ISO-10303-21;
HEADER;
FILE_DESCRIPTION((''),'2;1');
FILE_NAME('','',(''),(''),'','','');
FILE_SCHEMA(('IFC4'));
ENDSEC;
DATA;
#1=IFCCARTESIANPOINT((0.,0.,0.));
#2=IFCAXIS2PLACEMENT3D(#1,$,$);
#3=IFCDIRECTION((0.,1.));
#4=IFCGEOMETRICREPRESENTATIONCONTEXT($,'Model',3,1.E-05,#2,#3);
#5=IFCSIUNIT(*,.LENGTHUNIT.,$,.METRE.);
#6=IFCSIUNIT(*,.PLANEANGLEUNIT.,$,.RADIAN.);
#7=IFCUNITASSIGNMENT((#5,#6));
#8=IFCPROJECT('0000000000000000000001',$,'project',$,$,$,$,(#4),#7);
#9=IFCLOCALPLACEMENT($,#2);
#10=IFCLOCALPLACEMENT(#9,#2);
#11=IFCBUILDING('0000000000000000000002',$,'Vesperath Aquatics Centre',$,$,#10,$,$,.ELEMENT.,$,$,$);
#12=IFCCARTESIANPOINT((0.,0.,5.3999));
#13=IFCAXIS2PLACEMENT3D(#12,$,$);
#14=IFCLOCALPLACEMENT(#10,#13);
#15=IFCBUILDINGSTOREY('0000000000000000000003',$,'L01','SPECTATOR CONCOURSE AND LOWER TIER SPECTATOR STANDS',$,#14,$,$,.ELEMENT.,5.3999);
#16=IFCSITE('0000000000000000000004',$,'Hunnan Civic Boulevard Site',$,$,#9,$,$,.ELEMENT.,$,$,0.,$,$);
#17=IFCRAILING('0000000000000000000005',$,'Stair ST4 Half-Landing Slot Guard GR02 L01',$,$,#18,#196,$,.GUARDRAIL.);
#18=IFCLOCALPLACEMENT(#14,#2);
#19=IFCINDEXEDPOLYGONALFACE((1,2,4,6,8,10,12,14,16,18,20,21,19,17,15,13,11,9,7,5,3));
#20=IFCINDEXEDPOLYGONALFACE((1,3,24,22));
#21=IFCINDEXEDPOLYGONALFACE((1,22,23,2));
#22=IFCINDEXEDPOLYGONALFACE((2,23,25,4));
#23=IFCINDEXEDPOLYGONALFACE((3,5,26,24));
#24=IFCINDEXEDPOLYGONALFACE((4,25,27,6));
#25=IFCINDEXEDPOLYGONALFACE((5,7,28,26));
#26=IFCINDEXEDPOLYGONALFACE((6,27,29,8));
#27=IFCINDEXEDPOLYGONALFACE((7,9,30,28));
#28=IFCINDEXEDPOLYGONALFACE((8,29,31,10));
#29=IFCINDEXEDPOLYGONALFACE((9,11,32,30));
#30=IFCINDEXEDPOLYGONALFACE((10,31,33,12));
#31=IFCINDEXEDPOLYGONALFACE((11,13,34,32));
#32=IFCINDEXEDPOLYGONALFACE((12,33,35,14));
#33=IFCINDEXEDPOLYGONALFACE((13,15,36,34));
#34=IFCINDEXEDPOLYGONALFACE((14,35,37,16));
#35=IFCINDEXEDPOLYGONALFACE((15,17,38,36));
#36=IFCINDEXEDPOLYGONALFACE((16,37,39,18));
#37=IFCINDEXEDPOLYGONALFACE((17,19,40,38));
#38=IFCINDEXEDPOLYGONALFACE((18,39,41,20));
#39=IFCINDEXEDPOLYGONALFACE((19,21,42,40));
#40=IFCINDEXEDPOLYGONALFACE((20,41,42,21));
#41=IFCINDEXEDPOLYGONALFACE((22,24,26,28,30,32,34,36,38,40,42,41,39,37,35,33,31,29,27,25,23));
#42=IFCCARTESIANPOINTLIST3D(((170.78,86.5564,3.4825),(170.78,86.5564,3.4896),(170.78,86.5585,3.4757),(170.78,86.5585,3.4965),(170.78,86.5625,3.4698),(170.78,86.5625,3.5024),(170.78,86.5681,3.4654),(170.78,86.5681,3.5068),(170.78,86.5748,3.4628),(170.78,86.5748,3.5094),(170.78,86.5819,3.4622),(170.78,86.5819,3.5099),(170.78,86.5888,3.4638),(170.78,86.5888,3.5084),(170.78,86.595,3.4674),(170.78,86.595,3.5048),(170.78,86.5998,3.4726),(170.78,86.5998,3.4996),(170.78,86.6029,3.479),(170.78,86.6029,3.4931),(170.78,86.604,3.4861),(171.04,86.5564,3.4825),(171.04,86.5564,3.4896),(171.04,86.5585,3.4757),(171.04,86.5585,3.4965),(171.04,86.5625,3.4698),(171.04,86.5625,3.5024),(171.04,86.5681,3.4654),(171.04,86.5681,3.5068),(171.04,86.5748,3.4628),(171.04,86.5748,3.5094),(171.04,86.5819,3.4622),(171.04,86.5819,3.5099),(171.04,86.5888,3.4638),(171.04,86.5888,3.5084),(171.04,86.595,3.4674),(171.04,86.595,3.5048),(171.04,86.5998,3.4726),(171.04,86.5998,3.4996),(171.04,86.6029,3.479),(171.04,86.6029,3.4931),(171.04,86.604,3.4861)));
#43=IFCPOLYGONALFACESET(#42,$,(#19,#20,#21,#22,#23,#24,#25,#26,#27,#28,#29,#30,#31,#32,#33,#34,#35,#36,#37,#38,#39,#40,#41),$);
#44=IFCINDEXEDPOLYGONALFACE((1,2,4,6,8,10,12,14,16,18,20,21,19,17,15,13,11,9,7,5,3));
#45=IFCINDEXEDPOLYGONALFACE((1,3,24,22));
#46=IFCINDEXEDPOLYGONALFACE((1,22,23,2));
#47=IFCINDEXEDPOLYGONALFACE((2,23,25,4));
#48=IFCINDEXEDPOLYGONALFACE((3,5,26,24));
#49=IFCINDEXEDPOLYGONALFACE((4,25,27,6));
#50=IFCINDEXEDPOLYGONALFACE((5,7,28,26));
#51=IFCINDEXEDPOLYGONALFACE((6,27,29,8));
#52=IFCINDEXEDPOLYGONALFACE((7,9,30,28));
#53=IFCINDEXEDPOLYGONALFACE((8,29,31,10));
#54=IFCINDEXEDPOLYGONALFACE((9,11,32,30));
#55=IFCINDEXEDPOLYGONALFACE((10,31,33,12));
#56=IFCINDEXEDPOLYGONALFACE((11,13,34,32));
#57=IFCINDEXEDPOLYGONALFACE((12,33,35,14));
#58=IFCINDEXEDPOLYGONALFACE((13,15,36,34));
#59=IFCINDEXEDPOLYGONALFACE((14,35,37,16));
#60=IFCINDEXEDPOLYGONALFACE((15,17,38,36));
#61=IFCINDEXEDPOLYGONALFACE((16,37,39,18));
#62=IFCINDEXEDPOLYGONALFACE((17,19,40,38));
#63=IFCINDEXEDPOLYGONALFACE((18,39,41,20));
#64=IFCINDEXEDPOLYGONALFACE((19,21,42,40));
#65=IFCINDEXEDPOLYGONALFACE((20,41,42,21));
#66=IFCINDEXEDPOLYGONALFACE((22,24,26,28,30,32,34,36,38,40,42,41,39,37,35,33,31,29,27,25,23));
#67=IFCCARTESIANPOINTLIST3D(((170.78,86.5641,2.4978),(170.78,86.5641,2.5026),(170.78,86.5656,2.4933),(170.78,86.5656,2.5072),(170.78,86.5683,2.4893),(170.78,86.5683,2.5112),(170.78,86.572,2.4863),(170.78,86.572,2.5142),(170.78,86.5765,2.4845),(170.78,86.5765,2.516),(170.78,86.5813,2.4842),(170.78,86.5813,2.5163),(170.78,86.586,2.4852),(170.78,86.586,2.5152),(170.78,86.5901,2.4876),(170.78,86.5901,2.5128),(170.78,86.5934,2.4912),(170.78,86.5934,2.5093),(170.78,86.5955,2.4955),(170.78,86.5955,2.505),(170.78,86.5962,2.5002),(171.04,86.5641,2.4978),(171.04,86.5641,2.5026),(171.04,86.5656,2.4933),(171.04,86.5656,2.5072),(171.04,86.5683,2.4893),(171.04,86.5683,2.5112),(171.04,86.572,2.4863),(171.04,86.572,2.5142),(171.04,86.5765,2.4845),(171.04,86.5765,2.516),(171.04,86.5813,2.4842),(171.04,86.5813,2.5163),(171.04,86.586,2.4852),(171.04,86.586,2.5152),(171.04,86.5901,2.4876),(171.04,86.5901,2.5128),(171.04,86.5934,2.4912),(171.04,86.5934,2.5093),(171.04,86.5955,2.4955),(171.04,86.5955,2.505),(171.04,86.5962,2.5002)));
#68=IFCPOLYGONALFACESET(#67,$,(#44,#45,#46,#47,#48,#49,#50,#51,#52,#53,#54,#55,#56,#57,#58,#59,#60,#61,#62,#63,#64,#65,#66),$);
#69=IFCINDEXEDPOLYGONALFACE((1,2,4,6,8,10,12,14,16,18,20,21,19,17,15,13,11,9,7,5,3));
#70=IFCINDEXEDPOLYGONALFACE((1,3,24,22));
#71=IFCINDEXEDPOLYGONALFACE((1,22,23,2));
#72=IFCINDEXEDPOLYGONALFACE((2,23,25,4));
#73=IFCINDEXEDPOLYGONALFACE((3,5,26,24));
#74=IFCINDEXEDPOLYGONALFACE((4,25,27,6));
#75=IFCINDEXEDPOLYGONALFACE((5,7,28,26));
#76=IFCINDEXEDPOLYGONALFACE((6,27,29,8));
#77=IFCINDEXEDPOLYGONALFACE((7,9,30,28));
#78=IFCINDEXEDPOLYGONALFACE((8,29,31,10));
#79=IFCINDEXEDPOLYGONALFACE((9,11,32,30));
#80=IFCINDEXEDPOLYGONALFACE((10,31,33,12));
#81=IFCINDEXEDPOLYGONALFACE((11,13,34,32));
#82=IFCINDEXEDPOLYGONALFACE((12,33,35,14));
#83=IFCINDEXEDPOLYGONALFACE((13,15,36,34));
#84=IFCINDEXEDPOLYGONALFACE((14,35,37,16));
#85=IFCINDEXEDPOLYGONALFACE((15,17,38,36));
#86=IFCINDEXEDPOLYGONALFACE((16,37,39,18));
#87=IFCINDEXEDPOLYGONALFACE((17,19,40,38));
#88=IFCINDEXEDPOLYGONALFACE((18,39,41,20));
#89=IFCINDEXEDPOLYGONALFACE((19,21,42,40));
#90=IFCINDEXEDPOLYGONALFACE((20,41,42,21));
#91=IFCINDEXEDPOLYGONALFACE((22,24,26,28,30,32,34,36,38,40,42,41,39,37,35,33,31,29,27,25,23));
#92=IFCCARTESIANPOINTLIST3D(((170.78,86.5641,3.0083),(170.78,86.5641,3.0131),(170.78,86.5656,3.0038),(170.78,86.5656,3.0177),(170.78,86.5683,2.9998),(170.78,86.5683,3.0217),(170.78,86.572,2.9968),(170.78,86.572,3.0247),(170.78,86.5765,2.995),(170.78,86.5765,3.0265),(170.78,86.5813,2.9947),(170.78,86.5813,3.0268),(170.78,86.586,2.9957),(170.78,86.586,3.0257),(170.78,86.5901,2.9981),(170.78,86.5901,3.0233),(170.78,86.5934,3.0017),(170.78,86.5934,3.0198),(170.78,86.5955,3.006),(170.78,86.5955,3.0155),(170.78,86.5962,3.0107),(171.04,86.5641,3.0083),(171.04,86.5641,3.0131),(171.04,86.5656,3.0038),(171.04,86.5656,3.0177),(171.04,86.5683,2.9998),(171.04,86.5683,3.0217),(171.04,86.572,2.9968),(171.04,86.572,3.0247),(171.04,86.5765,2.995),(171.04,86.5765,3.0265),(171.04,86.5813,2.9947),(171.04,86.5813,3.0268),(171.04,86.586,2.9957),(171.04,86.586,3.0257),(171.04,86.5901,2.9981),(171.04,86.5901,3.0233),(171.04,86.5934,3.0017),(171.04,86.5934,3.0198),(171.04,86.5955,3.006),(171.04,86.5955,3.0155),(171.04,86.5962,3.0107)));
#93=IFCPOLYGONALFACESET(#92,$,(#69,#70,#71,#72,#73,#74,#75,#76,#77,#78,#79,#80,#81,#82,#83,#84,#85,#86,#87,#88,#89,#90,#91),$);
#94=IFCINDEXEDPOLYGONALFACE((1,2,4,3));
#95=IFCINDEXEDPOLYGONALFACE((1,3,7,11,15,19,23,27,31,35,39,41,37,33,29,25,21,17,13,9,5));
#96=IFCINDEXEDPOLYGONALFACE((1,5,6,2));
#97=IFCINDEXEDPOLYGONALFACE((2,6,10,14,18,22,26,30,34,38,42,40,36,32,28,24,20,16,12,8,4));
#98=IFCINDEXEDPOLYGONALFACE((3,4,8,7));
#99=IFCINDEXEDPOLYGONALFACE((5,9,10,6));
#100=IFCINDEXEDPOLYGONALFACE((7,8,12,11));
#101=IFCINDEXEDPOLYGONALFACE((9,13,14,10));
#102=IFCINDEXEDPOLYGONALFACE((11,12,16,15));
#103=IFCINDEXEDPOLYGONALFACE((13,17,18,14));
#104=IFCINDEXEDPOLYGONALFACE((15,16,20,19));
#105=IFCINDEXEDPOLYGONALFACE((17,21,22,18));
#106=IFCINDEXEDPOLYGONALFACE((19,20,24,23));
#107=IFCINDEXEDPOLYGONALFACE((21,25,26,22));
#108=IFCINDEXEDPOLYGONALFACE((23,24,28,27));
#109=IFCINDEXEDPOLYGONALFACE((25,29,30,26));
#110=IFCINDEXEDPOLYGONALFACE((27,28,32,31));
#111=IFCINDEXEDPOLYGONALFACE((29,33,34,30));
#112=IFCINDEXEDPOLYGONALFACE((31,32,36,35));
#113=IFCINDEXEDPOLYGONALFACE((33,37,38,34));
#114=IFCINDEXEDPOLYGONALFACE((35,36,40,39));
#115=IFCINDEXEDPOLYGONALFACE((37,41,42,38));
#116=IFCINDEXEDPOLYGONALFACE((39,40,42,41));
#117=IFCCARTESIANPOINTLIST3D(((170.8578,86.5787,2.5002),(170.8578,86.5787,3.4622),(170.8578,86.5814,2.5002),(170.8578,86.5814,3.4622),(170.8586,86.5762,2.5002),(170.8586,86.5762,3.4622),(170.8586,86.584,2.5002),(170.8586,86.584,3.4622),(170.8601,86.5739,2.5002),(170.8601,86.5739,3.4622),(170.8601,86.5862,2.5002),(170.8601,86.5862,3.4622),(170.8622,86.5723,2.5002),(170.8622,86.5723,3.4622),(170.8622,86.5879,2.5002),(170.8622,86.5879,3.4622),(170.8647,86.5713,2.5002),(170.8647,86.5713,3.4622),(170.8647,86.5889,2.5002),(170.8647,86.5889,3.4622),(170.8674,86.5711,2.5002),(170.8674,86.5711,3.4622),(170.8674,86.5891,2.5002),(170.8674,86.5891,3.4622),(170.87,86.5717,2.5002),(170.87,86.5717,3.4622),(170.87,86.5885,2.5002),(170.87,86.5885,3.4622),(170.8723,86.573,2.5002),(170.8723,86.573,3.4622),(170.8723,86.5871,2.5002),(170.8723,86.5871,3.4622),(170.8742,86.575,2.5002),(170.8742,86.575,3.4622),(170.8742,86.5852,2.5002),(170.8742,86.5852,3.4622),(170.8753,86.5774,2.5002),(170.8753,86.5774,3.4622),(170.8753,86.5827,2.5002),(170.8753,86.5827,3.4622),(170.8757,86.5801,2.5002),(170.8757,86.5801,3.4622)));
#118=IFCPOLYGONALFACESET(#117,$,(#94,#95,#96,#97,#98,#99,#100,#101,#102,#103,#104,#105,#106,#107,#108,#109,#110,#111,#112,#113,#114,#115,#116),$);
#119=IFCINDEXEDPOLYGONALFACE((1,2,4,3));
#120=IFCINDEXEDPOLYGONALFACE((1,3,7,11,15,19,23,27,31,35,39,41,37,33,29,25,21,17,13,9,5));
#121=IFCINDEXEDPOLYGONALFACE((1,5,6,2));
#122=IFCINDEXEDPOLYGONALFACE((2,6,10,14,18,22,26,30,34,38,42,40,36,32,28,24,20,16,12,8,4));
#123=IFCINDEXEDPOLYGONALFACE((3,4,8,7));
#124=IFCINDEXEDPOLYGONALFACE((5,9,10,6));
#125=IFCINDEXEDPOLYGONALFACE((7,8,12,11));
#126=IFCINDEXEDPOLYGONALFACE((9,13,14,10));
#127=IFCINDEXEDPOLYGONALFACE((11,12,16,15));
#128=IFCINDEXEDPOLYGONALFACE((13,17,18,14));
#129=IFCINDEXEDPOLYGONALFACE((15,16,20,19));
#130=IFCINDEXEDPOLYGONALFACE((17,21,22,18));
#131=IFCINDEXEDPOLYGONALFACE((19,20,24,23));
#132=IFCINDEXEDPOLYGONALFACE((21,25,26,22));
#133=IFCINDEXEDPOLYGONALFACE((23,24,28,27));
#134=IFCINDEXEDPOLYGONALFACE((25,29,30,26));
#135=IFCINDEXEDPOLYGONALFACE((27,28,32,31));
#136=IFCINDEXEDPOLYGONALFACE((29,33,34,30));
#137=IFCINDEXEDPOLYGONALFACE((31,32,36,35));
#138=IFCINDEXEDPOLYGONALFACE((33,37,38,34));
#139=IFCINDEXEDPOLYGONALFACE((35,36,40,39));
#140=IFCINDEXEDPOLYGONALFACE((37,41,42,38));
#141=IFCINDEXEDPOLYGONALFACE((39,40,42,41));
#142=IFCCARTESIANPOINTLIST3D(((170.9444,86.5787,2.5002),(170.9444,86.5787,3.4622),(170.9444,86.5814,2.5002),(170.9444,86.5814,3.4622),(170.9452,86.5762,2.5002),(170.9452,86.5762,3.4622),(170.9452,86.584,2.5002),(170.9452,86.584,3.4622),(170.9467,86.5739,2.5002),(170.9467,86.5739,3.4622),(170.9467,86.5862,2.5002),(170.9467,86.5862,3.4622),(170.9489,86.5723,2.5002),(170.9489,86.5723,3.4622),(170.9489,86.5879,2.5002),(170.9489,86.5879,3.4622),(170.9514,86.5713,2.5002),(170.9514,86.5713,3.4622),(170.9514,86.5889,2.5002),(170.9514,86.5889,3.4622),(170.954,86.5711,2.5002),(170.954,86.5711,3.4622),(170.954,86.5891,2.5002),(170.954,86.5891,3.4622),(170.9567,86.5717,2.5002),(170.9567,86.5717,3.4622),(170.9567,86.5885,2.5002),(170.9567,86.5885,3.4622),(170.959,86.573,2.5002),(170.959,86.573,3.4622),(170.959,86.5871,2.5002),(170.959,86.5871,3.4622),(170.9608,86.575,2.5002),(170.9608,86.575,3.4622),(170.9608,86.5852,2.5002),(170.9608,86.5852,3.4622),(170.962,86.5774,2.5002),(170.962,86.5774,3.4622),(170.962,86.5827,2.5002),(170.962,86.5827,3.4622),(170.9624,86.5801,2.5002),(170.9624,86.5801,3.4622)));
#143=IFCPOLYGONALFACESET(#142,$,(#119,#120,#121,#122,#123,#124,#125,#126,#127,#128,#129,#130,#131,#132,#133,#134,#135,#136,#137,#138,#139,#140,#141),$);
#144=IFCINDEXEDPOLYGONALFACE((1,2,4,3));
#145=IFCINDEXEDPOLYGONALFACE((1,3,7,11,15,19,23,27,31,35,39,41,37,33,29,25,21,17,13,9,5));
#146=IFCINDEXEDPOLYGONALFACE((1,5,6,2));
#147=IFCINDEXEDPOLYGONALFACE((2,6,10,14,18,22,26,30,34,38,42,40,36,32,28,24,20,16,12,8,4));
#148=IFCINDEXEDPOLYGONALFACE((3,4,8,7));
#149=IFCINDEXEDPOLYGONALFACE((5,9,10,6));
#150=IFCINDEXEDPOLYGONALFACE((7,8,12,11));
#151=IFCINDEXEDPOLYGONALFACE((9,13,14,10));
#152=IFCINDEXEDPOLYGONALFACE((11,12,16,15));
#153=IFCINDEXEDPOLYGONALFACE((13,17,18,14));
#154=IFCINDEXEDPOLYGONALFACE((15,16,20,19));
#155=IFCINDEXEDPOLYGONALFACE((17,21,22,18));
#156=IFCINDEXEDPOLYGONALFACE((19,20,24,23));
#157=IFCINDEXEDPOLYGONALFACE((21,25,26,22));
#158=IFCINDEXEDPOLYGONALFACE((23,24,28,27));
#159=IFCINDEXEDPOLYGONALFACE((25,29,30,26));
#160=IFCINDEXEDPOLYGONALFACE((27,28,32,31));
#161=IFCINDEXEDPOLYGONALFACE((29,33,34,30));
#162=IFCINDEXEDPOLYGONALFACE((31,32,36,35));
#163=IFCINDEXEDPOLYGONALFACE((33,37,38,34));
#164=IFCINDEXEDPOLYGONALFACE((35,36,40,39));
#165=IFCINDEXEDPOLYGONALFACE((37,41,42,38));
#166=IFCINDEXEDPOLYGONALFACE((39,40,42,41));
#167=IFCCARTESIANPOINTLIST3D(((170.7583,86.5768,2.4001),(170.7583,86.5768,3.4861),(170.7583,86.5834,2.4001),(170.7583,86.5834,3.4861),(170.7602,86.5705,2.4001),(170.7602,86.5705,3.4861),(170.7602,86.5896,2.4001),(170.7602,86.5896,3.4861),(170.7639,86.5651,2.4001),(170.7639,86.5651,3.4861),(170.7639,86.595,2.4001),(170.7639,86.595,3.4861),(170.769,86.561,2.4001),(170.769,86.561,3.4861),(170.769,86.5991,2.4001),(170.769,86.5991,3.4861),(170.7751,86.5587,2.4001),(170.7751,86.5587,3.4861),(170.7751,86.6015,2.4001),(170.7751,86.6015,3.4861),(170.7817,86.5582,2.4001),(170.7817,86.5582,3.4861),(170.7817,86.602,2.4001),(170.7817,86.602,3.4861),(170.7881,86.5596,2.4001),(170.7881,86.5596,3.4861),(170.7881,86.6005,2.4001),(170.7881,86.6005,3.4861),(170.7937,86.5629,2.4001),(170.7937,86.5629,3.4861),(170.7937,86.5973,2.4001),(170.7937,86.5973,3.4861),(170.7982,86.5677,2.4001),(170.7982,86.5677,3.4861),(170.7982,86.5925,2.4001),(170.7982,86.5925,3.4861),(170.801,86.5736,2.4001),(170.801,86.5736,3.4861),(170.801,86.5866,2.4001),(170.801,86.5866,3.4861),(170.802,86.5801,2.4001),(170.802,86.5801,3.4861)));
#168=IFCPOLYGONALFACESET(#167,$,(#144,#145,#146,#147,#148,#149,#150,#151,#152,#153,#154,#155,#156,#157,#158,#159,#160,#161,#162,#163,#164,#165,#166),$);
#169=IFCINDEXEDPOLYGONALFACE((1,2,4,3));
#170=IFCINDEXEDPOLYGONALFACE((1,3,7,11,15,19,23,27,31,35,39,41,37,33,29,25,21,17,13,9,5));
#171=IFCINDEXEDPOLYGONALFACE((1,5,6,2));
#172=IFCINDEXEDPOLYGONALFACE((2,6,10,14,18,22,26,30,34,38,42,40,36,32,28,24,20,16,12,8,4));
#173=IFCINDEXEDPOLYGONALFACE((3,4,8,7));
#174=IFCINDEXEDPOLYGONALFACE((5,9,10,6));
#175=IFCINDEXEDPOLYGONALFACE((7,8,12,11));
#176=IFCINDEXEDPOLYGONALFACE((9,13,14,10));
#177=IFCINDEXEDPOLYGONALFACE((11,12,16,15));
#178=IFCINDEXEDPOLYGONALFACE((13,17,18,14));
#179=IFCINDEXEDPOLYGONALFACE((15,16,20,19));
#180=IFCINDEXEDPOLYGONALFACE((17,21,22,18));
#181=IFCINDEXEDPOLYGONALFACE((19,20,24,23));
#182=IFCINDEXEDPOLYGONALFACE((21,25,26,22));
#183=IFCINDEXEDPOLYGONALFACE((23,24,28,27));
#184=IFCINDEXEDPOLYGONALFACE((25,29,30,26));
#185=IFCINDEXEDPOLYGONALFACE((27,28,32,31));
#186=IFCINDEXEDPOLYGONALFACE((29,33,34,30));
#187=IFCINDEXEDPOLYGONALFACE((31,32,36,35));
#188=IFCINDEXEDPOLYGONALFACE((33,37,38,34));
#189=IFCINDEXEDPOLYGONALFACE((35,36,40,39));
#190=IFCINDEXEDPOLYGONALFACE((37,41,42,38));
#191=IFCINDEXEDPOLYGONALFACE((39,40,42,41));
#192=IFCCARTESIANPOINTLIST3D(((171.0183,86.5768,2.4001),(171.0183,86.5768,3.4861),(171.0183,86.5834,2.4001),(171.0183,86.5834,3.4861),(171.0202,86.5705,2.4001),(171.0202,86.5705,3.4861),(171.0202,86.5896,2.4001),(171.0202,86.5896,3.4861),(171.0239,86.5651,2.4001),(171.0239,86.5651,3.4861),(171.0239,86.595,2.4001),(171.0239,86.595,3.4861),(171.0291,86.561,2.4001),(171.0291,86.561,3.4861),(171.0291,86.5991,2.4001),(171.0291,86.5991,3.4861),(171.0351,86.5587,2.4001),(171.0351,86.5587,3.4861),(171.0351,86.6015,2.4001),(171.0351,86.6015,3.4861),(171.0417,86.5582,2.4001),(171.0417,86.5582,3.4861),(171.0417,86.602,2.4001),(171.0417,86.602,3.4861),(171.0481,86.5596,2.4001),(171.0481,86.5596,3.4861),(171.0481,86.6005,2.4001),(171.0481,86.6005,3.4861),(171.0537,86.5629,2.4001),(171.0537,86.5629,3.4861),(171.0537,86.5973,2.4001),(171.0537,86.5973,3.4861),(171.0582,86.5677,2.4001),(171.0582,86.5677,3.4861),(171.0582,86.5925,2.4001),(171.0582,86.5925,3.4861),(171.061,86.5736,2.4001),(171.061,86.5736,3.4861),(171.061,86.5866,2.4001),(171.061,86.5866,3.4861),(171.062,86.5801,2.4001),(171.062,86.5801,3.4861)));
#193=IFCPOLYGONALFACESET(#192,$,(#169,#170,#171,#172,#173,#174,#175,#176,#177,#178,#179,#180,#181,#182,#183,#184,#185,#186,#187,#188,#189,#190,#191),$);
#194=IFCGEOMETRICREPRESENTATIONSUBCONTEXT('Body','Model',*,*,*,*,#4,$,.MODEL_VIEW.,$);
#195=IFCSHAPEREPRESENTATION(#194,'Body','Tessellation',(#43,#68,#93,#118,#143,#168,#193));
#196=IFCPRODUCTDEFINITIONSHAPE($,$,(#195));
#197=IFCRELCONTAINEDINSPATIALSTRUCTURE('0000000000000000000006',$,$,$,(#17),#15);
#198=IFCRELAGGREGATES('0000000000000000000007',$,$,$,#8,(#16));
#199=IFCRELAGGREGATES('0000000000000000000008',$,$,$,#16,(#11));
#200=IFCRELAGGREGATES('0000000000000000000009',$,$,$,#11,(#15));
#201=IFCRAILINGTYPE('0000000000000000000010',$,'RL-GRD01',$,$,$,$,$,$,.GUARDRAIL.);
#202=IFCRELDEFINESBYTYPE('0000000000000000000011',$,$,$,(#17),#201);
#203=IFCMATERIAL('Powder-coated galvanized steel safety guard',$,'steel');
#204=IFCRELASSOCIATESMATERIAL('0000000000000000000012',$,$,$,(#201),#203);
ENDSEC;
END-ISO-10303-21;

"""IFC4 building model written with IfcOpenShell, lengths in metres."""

from ifc_helpers import new_model, si_unit, direction, frame, origin, origin_2d, place, context, subcontext, project, spatial, circle, extrude, material, type_object, element, save


model = new_model("IFC4")

# Units and contexts
model_context = context("Model", 3, precision=1e-05, world=origin(), true_north=direction((0.0, 1.0)))
body_context = subcontext(model_context, "Body", "Model", "MODEL_VIEW")
ifc_project = project(units=[si_unit("LENGTHUNIT", "METRE"), si_unit("PLANEANGLEUNIT", "RADIAN")], contexts=[model_context])

# Site, building, storey
site_placement = place(None, origin())
site = spatial("IfcSite", under=ifc_project, at=site_placement, Name="Hunnan Civic Boulevard Site", CompositionType="ELEMENT", RefElevation=0.0)
building_placement = place(site_placement, origin())
building = spatial("IfcBuilding", under=site, at=building_placement, Name="Vesperath Aquatics Centre", CompositionType="ELEMENT")
storey_placement = place(building_placement, frame((0.0, 0.0, 5.3999)))
storey = spatial("IfcBuildingStorey", under=building, at=storey_placement, Name="L01", Description="SPECTATOR CONCOURSE AND LOWER TIER SPECTATOR STANDS", CompositionType="ELEMENT", Elevation=5.3999)

# Railing
ifc_material_1 = material(Name="Powder-coated galvanized steel safety guard", Category="steel")
railing_type_1 = type_object("IfcRailingType", Name="RL-GRD01", PredefinedType="GUARDRAIL", material=ifc_material_1)
railing_1_placement = place(storey_placement, frame((170.78, 86.5801, 2.4001)))
element("IfcRailing", 1, at=railing_1_placement, inside=storey, type_object=railing_type_1, Name="Stair ST4 Half-Landing Slot Guard GR02 L01", PredefinedType="GUARDRAIL", context=body_context, shape_type="SweptSolid", body=[
    extrude(circle(Radius=0.0239, at=origin_2d()), frame((0.0, 0.0, 1.0859), z_axis=(1.0, 0.0, 0.0), x_axis=(0.0, 1.0, 0.0)), (0.0, 0.0, 1.0), 0.26),
    extrude(circle(Radius=0.0161, at=origin_2d()), frame((0.0, 0.0, 0.1001), z_axis=(1.0, 0.0, 0.0), x_axis=(0.0, 1.0, 0.0)), (0.0, 0.0, 1.0), 0.26),
    extrude(circle(Radius=0.0161, at=origin_2d()), frame((0.0, 0.0, 0.6106), z_axis=(1.0, 0.0, 0.0), x_axis=(0.0, 1.0, 0.0)), (0.0, 0.0, 1.0), 0.26),
    extrude(circle(Radius=0.009, at=origin_2d()), frame((0.0867, 0.0, 0.1001)), (0.0, 0.0, 1.0), 0.9619),
    extrude(circle(Radius=0.009, at=origin_2d()), frame((0.1733, 0.0, 0.1001)), (0.0, 0.0, 1.0), 0.9619),
    extrude(circle(Radius=0.022, at=origin_2d()), origin(), (0.0, 0.0, 1.0), 1.0859),
    extrude(circle(Radius=0.022, at=origin_2d()), frame((0.26, 0.0, 0.0)), (0.0, 0.0, 1.0), 1.0859),
])

save(model, "model.ifc")
